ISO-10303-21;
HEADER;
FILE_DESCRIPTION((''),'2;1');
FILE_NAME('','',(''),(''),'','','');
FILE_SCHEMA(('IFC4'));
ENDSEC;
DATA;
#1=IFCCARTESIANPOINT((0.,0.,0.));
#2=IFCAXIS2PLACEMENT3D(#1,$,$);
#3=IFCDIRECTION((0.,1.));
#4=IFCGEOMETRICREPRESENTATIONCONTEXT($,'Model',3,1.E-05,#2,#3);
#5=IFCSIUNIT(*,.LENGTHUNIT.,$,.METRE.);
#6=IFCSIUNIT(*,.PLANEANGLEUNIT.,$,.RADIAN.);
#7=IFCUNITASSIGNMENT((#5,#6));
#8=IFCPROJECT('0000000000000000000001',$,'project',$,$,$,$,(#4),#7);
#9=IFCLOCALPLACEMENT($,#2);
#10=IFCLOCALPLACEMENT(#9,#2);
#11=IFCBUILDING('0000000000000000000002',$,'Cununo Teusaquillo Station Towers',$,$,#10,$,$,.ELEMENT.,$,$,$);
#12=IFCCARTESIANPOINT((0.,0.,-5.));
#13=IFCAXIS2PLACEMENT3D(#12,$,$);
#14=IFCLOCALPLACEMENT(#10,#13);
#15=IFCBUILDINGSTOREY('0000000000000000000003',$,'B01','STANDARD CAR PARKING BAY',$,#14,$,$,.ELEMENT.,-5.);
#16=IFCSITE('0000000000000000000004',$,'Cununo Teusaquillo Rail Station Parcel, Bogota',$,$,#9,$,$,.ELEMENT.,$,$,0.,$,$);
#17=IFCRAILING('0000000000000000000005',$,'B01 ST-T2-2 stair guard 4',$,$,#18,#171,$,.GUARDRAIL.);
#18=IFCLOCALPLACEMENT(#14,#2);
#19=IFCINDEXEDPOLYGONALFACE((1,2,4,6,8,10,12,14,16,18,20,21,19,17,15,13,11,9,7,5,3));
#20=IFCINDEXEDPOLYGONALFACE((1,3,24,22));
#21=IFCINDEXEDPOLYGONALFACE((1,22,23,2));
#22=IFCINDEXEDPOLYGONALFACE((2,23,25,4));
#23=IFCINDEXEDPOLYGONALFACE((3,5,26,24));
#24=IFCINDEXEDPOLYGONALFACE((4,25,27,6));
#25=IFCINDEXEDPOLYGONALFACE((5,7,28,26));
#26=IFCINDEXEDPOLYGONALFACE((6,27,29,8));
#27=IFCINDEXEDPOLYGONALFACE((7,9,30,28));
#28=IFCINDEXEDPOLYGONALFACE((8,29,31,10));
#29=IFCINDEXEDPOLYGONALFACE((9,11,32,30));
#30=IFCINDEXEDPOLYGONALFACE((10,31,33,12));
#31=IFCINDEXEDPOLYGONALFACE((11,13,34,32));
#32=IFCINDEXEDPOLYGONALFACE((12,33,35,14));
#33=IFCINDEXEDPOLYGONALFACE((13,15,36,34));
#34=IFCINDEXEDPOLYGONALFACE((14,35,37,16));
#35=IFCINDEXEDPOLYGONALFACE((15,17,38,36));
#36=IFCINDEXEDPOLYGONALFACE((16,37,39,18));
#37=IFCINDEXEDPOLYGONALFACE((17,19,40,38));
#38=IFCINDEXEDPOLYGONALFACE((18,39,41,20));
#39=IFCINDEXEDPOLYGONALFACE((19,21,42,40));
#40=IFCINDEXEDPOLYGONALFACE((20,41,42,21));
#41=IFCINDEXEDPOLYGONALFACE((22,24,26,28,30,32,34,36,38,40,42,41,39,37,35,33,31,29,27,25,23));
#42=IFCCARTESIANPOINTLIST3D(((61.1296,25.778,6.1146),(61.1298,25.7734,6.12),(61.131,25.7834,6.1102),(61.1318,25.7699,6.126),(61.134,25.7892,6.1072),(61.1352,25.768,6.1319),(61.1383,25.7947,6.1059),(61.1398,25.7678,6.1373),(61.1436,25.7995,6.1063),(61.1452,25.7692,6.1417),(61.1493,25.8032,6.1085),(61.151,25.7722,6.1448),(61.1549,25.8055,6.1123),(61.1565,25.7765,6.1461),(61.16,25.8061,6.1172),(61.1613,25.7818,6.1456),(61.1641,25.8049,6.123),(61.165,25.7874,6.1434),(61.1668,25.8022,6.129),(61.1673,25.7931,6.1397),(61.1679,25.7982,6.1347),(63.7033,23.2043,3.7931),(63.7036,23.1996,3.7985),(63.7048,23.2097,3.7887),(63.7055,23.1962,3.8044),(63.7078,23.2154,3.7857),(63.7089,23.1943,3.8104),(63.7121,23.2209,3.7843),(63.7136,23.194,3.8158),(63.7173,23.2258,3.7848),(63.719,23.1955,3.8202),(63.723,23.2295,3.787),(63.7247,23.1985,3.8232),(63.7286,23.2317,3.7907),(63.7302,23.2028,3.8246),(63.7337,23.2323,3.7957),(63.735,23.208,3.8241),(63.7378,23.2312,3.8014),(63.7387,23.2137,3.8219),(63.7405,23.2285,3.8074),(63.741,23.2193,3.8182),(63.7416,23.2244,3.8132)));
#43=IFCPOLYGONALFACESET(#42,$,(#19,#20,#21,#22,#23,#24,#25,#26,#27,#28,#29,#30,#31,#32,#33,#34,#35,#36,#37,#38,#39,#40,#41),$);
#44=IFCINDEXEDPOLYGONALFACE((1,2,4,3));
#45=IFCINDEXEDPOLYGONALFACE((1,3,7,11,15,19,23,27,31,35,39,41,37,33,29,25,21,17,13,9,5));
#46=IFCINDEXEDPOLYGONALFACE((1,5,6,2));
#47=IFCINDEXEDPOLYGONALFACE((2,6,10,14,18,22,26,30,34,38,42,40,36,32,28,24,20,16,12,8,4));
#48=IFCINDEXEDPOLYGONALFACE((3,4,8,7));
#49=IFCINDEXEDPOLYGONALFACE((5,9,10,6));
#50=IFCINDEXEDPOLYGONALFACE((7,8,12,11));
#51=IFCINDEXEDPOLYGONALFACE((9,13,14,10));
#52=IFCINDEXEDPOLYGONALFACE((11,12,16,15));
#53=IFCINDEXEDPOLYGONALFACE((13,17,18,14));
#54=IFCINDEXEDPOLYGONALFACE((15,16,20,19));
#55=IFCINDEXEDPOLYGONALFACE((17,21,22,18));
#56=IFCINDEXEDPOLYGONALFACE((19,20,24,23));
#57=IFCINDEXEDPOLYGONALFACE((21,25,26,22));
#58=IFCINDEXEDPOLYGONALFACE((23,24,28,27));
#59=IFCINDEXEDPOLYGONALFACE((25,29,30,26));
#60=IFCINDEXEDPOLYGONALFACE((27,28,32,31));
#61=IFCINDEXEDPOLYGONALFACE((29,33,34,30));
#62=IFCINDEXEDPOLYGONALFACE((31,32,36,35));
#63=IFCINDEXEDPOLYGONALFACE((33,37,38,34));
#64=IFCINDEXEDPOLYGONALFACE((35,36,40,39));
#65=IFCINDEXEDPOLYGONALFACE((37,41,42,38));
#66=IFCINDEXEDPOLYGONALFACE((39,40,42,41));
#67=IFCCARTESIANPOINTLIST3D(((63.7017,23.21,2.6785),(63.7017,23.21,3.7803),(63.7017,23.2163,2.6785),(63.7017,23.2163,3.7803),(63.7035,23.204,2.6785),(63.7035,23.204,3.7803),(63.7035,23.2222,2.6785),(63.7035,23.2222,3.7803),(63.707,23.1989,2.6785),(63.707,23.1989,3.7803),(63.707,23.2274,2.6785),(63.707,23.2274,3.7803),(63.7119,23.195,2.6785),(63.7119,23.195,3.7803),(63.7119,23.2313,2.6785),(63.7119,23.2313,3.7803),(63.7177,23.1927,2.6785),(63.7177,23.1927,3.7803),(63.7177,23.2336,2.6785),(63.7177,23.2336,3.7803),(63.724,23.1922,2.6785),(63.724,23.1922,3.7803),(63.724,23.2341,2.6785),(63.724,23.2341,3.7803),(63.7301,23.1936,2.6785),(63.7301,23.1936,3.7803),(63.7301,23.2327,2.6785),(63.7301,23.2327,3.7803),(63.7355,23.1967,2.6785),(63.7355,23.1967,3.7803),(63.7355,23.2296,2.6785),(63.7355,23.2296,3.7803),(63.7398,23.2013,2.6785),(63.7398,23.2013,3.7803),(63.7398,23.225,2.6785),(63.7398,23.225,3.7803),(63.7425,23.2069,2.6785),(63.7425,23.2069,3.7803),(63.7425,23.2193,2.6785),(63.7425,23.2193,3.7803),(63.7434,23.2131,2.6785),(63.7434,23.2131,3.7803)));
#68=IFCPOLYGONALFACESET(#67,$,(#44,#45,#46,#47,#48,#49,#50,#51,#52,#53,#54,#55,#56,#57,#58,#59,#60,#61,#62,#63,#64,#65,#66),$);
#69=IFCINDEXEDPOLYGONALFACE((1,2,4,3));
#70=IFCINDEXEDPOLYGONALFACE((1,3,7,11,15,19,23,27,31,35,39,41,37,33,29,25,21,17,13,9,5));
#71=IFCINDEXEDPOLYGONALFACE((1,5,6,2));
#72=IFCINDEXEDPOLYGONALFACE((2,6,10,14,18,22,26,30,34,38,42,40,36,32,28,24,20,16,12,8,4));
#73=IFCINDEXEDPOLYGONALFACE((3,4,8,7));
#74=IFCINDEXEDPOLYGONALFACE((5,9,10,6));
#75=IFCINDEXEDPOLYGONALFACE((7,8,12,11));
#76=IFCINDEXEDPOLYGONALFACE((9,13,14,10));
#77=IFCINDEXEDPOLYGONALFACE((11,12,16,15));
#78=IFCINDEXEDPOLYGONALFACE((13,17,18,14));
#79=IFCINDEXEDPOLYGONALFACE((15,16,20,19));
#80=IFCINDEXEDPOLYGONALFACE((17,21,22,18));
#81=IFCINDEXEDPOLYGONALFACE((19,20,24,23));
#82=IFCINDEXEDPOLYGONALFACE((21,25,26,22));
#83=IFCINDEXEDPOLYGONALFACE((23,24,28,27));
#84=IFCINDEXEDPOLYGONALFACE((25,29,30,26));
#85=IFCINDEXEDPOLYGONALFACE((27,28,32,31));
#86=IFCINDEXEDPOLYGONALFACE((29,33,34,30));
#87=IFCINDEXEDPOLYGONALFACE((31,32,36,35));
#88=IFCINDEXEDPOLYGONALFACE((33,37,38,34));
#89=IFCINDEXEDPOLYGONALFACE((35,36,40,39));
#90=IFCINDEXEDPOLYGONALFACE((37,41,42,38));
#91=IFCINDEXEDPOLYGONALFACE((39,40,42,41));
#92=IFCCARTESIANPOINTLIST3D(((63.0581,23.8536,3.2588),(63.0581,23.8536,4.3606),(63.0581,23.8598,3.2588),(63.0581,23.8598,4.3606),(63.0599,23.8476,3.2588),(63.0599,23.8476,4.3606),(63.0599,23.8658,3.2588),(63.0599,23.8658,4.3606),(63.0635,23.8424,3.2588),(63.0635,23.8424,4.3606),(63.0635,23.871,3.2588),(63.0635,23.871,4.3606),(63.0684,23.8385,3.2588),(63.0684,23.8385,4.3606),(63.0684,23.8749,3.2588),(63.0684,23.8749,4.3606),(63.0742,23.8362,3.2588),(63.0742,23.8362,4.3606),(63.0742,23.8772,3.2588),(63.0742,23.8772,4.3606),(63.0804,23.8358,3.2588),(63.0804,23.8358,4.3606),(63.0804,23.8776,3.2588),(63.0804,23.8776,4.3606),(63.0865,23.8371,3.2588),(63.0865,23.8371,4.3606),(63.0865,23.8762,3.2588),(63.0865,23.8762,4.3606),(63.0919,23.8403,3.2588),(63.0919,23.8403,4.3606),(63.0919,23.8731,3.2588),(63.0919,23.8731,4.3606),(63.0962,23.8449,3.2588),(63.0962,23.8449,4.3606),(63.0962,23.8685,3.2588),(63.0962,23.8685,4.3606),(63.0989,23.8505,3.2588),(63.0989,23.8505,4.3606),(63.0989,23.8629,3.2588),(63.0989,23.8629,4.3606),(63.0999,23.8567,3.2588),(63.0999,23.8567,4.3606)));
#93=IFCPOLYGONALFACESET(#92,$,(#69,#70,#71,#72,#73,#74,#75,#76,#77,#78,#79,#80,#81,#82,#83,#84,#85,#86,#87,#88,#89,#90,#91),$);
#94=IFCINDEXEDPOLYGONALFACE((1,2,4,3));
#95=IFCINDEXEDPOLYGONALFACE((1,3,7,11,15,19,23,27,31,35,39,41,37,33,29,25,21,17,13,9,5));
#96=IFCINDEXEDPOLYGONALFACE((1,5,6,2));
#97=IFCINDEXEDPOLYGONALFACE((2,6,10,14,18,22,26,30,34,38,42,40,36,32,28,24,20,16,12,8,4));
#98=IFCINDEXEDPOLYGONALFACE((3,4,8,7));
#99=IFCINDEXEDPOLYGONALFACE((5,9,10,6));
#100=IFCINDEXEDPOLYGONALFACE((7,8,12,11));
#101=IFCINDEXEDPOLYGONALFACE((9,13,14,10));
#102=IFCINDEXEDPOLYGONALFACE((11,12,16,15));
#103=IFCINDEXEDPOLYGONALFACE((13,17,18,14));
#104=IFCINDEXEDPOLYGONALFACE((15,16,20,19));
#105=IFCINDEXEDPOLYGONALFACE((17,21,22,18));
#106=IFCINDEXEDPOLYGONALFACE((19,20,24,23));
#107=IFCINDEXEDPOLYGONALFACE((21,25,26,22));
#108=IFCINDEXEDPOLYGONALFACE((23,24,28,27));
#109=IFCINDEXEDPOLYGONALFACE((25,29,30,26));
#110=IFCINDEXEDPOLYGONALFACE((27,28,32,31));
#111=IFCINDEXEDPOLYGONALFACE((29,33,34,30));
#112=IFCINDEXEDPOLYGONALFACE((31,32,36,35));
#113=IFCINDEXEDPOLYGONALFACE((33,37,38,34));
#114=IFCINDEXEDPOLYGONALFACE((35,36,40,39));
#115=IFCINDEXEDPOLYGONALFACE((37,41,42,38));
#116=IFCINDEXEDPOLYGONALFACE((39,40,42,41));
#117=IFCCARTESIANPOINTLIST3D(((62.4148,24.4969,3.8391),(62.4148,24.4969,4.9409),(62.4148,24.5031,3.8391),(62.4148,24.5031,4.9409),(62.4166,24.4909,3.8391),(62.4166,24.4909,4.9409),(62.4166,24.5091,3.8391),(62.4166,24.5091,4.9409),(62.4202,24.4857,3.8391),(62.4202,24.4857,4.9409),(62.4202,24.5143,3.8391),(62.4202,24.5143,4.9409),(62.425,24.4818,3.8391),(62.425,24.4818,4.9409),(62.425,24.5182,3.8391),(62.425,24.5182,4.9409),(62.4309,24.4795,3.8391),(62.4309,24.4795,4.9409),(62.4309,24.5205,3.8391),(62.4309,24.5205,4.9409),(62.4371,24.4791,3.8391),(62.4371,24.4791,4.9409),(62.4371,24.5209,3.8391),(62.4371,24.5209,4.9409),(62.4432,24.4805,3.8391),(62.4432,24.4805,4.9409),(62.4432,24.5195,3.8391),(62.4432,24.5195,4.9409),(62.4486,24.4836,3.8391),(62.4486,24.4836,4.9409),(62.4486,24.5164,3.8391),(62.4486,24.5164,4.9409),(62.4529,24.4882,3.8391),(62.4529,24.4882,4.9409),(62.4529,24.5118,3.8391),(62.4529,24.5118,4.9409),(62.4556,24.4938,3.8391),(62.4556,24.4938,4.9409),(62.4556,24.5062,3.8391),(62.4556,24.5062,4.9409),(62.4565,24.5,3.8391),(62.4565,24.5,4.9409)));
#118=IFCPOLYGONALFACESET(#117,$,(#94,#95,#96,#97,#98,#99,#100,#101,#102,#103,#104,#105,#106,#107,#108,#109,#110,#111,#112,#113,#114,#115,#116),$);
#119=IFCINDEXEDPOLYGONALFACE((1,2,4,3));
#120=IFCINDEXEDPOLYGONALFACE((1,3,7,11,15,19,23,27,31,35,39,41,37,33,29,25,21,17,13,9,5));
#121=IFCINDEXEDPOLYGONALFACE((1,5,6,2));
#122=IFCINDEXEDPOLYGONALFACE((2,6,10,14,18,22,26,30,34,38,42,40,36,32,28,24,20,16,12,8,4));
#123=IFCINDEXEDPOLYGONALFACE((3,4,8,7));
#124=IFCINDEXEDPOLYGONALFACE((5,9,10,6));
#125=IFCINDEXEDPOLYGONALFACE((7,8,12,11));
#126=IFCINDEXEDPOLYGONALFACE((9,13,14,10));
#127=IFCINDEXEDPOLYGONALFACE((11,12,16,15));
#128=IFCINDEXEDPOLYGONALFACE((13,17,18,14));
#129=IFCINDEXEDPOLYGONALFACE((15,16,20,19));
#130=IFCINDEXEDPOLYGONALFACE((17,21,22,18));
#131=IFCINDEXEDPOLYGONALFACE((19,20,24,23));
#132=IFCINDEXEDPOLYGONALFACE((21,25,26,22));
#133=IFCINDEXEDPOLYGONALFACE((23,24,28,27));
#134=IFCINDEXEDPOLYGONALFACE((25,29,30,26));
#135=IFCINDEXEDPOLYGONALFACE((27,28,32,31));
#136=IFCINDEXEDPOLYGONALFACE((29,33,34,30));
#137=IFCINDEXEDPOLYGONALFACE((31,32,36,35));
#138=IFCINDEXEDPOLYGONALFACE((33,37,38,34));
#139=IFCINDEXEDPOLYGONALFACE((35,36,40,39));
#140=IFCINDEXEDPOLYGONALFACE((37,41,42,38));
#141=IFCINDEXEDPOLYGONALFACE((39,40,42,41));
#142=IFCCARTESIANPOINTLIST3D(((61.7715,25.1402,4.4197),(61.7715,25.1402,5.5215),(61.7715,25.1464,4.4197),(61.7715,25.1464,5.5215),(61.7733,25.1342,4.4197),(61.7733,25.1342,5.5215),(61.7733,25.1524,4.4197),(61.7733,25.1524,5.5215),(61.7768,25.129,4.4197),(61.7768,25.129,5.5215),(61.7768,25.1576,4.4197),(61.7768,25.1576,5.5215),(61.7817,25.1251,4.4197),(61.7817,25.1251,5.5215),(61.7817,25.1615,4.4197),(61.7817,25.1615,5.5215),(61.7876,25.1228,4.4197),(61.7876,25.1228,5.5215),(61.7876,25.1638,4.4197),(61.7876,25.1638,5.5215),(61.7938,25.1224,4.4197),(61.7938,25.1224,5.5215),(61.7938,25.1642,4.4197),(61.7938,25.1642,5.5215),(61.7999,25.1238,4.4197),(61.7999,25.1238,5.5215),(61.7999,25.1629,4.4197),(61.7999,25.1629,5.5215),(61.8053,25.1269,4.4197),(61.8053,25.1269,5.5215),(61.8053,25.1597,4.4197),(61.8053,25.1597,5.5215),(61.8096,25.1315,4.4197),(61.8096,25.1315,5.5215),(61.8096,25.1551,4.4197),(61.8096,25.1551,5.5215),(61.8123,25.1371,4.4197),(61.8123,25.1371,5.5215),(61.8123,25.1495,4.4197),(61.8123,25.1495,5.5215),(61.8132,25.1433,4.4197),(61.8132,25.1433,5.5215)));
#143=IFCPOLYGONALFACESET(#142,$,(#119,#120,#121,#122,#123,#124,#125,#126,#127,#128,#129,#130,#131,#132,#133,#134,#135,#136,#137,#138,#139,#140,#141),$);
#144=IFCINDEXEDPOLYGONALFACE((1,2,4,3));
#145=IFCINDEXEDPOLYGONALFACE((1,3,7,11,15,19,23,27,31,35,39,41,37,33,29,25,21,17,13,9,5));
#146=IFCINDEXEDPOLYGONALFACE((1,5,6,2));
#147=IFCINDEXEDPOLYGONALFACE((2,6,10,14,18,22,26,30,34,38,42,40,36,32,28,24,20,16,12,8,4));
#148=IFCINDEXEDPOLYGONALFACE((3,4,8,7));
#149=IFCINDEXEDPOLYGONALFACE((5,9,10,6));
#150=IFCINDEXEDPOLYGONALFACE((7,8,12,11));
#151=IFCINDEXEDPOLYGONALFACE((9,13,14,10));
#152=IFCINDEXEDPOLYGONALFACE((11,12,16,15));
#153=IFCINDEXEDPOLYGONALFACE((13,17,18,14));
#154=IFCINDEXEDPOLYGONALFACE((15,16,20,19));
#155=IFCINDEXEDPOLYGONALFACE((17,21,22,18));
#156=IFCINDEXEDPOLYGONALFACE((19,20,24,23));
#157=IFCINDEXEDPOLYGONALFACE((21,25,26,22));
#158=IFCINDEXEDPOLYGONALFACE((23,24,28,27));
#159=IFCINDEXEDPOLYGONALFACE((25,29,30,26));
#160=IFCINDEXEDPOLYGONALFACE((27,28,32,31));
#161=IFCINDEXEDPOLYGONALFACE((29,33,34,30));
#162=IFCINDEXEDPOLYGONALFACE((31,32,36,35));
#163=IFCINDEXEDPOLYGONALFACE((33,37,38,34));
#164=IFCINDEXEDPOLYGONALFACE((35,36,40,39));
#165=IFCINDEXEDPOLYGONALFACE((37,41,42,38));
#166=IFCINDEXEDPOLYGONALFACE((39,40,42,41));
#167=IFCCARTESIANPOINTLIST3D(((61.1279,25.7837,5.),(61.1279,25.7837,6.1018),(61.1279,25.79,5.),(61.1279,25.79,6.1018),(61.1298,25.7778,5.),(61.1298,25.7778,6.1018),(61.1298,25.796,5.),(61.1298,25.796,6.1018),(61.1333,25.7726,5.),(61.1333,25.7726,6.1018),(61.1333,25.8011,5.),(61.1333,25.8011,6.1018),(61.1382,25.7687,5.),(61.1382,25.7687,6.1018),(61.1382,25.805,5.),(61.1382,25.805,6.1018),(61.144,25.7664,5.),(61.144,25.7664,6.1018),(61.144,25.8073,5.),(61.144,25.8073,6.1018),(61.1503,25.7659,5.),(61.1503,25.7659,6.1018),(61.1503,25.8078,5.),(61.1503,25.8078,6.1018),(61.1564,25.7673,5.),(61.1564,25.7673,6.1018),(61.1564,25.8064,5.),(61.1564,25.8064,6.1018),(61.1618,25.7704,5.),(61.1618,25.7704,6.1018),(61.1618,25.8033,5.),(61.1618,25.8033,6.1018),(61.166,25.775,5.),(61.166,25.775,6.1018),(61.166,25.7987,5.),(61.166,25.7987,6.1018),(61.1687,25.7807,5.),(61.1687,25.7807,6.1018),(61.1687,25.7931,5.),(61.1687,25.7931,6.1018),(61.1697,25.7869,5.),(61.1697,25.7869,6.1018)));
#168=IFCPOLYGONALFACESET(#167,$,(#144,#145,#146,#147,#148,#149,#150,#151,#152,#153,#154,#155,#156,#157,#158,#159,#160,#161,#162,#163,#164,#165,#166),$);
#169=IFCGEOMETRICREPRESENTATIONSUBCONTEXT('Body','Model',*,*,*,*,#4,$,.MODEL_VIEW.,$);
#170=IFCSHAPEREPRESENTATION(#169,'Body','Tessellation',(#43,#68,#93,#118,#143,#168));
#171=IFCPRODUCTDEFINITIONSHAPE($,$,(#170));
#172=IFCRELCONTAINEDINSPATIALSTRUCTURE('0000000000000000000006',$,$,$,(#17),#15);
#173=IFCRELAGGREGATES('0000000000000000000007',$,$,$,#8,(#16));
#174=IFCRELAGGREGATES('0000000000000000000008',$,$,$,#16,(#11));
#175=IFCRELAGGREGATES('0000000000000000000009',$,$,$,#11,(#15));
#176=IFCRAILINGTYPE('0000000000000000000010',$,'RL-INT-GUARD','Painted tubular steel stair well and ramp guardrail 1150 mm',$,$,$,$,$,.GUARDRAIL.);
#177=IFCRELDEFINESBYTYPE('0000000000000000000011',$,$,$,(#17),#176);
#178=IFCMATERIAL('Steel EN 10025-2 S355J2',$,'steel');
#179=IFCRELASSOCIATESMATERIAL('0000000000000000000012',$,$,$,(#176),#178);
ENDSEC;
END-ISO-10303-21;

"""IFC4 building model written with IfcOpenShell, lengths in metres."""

from ifc_helpers import new_model, si_unit, direction, frame, origin, origin_2d, place, context, subcontext, project, spatial, circle, extrude, material, type_object, element, save


model = new_model("IFC4")

# Units and contexts
model_context = context("Model", 3, precision=1e-05, world=origin(), true_north=direction((0.0, 1.0)))
body_context = subcontext(model_context, "Body", "Model", "MODEL_VIEW")
ifc_project = project(units=[si_unit("LENGTHUNIT", "METRE"), si_unit("PLANEANGLEUNIT", "RADIAN")], contexts=[model_context])

# Site, building, storey
site_placement = place(None, origin())
site = spatial("IfcSite", under=ifc_project, at=site_placement, Name="Cununo Teusaquillo Rail Station Parcel, Bogota", CompositionType="ELEMENT", RefElevation=0.0)
building_placement = place(site_placement, origin())
building = spatial("IfcBuilding", under=site, at=building_placement, Name="Cununo Teusaquillo Station Towers", CompositionType="ELEMENT")
storey_placement = place(building_placement, frame((0.0, 0.0, -5.0)))
storey = spatial("IfcBuildingStorey", under=building, at=storey_placement, Name="B01", Description="STANDARD CAR PARKING BAY", CompositionType="ELEMENT", Elevation=-5.0)

# Railing
ifc_material_1 = material(Name="Steel EN 10025-2 S355J2", Category="steel")
railing_type_1 = type_object("IfcRailingType", Name="RL-INT-GUARD", Description="Painted tubular steel stair well and ramp guardrail 1150 mm", PredefinedType="GUARDRAIL", material=ifc_material_1)
railing_1_placement = place(storey_placement, frame((63.7224, 23.2131, 2.6785)))
element("IfcRailing", 1, at=railing_1_placement, inside=storey, type_object=railing_type_1, Name="B01 ST-T2-2 stair guard 4", PredefinedType="GUARDRAIL", context=body_context, shape_type="SweptSolid", body=[
    extrude(circle(Radius=0.0239, at=origin_2d()), frame((0.0, 0.0, 1.126), z_axis=(-0.596166, 0.596166, 0.537748), x_axis=(-0.707107, -0.707107, 0.0)), (0.0, 0.0, 1.0), 4.3171),
    extrude(circle(Radius=0.021, at=origin_2d()), origin(), (0.0, 0.0, 1.0), 1.1018),
    extrude(circle(Radius=0.021, at=origin_2d()), frame((-0.6436, 0.6436, 0.5803)), (0.0, 0.0, 1.0), 1.1018),
    extrude(circle(Radius=0.021, at=origin_2d()), frame((-1.2869, 1.2869, 1.1606)), (0.0, 0.0, 1.0), 1.1018),
    extrude(circle(Radius=0.021, at=origin_2d()), frame((-1.9302, 1.9302, 1.7412)), (0.0, 0.0, 1.0), 1.1018),
    extrude(circle(Radius=0.021, at=origin_2d()), frame((-2.5737, 2.5737, 2.3215)), (0.0, 0.0, 1.0), 1.1018),
])

save(model, "model.ifc")
